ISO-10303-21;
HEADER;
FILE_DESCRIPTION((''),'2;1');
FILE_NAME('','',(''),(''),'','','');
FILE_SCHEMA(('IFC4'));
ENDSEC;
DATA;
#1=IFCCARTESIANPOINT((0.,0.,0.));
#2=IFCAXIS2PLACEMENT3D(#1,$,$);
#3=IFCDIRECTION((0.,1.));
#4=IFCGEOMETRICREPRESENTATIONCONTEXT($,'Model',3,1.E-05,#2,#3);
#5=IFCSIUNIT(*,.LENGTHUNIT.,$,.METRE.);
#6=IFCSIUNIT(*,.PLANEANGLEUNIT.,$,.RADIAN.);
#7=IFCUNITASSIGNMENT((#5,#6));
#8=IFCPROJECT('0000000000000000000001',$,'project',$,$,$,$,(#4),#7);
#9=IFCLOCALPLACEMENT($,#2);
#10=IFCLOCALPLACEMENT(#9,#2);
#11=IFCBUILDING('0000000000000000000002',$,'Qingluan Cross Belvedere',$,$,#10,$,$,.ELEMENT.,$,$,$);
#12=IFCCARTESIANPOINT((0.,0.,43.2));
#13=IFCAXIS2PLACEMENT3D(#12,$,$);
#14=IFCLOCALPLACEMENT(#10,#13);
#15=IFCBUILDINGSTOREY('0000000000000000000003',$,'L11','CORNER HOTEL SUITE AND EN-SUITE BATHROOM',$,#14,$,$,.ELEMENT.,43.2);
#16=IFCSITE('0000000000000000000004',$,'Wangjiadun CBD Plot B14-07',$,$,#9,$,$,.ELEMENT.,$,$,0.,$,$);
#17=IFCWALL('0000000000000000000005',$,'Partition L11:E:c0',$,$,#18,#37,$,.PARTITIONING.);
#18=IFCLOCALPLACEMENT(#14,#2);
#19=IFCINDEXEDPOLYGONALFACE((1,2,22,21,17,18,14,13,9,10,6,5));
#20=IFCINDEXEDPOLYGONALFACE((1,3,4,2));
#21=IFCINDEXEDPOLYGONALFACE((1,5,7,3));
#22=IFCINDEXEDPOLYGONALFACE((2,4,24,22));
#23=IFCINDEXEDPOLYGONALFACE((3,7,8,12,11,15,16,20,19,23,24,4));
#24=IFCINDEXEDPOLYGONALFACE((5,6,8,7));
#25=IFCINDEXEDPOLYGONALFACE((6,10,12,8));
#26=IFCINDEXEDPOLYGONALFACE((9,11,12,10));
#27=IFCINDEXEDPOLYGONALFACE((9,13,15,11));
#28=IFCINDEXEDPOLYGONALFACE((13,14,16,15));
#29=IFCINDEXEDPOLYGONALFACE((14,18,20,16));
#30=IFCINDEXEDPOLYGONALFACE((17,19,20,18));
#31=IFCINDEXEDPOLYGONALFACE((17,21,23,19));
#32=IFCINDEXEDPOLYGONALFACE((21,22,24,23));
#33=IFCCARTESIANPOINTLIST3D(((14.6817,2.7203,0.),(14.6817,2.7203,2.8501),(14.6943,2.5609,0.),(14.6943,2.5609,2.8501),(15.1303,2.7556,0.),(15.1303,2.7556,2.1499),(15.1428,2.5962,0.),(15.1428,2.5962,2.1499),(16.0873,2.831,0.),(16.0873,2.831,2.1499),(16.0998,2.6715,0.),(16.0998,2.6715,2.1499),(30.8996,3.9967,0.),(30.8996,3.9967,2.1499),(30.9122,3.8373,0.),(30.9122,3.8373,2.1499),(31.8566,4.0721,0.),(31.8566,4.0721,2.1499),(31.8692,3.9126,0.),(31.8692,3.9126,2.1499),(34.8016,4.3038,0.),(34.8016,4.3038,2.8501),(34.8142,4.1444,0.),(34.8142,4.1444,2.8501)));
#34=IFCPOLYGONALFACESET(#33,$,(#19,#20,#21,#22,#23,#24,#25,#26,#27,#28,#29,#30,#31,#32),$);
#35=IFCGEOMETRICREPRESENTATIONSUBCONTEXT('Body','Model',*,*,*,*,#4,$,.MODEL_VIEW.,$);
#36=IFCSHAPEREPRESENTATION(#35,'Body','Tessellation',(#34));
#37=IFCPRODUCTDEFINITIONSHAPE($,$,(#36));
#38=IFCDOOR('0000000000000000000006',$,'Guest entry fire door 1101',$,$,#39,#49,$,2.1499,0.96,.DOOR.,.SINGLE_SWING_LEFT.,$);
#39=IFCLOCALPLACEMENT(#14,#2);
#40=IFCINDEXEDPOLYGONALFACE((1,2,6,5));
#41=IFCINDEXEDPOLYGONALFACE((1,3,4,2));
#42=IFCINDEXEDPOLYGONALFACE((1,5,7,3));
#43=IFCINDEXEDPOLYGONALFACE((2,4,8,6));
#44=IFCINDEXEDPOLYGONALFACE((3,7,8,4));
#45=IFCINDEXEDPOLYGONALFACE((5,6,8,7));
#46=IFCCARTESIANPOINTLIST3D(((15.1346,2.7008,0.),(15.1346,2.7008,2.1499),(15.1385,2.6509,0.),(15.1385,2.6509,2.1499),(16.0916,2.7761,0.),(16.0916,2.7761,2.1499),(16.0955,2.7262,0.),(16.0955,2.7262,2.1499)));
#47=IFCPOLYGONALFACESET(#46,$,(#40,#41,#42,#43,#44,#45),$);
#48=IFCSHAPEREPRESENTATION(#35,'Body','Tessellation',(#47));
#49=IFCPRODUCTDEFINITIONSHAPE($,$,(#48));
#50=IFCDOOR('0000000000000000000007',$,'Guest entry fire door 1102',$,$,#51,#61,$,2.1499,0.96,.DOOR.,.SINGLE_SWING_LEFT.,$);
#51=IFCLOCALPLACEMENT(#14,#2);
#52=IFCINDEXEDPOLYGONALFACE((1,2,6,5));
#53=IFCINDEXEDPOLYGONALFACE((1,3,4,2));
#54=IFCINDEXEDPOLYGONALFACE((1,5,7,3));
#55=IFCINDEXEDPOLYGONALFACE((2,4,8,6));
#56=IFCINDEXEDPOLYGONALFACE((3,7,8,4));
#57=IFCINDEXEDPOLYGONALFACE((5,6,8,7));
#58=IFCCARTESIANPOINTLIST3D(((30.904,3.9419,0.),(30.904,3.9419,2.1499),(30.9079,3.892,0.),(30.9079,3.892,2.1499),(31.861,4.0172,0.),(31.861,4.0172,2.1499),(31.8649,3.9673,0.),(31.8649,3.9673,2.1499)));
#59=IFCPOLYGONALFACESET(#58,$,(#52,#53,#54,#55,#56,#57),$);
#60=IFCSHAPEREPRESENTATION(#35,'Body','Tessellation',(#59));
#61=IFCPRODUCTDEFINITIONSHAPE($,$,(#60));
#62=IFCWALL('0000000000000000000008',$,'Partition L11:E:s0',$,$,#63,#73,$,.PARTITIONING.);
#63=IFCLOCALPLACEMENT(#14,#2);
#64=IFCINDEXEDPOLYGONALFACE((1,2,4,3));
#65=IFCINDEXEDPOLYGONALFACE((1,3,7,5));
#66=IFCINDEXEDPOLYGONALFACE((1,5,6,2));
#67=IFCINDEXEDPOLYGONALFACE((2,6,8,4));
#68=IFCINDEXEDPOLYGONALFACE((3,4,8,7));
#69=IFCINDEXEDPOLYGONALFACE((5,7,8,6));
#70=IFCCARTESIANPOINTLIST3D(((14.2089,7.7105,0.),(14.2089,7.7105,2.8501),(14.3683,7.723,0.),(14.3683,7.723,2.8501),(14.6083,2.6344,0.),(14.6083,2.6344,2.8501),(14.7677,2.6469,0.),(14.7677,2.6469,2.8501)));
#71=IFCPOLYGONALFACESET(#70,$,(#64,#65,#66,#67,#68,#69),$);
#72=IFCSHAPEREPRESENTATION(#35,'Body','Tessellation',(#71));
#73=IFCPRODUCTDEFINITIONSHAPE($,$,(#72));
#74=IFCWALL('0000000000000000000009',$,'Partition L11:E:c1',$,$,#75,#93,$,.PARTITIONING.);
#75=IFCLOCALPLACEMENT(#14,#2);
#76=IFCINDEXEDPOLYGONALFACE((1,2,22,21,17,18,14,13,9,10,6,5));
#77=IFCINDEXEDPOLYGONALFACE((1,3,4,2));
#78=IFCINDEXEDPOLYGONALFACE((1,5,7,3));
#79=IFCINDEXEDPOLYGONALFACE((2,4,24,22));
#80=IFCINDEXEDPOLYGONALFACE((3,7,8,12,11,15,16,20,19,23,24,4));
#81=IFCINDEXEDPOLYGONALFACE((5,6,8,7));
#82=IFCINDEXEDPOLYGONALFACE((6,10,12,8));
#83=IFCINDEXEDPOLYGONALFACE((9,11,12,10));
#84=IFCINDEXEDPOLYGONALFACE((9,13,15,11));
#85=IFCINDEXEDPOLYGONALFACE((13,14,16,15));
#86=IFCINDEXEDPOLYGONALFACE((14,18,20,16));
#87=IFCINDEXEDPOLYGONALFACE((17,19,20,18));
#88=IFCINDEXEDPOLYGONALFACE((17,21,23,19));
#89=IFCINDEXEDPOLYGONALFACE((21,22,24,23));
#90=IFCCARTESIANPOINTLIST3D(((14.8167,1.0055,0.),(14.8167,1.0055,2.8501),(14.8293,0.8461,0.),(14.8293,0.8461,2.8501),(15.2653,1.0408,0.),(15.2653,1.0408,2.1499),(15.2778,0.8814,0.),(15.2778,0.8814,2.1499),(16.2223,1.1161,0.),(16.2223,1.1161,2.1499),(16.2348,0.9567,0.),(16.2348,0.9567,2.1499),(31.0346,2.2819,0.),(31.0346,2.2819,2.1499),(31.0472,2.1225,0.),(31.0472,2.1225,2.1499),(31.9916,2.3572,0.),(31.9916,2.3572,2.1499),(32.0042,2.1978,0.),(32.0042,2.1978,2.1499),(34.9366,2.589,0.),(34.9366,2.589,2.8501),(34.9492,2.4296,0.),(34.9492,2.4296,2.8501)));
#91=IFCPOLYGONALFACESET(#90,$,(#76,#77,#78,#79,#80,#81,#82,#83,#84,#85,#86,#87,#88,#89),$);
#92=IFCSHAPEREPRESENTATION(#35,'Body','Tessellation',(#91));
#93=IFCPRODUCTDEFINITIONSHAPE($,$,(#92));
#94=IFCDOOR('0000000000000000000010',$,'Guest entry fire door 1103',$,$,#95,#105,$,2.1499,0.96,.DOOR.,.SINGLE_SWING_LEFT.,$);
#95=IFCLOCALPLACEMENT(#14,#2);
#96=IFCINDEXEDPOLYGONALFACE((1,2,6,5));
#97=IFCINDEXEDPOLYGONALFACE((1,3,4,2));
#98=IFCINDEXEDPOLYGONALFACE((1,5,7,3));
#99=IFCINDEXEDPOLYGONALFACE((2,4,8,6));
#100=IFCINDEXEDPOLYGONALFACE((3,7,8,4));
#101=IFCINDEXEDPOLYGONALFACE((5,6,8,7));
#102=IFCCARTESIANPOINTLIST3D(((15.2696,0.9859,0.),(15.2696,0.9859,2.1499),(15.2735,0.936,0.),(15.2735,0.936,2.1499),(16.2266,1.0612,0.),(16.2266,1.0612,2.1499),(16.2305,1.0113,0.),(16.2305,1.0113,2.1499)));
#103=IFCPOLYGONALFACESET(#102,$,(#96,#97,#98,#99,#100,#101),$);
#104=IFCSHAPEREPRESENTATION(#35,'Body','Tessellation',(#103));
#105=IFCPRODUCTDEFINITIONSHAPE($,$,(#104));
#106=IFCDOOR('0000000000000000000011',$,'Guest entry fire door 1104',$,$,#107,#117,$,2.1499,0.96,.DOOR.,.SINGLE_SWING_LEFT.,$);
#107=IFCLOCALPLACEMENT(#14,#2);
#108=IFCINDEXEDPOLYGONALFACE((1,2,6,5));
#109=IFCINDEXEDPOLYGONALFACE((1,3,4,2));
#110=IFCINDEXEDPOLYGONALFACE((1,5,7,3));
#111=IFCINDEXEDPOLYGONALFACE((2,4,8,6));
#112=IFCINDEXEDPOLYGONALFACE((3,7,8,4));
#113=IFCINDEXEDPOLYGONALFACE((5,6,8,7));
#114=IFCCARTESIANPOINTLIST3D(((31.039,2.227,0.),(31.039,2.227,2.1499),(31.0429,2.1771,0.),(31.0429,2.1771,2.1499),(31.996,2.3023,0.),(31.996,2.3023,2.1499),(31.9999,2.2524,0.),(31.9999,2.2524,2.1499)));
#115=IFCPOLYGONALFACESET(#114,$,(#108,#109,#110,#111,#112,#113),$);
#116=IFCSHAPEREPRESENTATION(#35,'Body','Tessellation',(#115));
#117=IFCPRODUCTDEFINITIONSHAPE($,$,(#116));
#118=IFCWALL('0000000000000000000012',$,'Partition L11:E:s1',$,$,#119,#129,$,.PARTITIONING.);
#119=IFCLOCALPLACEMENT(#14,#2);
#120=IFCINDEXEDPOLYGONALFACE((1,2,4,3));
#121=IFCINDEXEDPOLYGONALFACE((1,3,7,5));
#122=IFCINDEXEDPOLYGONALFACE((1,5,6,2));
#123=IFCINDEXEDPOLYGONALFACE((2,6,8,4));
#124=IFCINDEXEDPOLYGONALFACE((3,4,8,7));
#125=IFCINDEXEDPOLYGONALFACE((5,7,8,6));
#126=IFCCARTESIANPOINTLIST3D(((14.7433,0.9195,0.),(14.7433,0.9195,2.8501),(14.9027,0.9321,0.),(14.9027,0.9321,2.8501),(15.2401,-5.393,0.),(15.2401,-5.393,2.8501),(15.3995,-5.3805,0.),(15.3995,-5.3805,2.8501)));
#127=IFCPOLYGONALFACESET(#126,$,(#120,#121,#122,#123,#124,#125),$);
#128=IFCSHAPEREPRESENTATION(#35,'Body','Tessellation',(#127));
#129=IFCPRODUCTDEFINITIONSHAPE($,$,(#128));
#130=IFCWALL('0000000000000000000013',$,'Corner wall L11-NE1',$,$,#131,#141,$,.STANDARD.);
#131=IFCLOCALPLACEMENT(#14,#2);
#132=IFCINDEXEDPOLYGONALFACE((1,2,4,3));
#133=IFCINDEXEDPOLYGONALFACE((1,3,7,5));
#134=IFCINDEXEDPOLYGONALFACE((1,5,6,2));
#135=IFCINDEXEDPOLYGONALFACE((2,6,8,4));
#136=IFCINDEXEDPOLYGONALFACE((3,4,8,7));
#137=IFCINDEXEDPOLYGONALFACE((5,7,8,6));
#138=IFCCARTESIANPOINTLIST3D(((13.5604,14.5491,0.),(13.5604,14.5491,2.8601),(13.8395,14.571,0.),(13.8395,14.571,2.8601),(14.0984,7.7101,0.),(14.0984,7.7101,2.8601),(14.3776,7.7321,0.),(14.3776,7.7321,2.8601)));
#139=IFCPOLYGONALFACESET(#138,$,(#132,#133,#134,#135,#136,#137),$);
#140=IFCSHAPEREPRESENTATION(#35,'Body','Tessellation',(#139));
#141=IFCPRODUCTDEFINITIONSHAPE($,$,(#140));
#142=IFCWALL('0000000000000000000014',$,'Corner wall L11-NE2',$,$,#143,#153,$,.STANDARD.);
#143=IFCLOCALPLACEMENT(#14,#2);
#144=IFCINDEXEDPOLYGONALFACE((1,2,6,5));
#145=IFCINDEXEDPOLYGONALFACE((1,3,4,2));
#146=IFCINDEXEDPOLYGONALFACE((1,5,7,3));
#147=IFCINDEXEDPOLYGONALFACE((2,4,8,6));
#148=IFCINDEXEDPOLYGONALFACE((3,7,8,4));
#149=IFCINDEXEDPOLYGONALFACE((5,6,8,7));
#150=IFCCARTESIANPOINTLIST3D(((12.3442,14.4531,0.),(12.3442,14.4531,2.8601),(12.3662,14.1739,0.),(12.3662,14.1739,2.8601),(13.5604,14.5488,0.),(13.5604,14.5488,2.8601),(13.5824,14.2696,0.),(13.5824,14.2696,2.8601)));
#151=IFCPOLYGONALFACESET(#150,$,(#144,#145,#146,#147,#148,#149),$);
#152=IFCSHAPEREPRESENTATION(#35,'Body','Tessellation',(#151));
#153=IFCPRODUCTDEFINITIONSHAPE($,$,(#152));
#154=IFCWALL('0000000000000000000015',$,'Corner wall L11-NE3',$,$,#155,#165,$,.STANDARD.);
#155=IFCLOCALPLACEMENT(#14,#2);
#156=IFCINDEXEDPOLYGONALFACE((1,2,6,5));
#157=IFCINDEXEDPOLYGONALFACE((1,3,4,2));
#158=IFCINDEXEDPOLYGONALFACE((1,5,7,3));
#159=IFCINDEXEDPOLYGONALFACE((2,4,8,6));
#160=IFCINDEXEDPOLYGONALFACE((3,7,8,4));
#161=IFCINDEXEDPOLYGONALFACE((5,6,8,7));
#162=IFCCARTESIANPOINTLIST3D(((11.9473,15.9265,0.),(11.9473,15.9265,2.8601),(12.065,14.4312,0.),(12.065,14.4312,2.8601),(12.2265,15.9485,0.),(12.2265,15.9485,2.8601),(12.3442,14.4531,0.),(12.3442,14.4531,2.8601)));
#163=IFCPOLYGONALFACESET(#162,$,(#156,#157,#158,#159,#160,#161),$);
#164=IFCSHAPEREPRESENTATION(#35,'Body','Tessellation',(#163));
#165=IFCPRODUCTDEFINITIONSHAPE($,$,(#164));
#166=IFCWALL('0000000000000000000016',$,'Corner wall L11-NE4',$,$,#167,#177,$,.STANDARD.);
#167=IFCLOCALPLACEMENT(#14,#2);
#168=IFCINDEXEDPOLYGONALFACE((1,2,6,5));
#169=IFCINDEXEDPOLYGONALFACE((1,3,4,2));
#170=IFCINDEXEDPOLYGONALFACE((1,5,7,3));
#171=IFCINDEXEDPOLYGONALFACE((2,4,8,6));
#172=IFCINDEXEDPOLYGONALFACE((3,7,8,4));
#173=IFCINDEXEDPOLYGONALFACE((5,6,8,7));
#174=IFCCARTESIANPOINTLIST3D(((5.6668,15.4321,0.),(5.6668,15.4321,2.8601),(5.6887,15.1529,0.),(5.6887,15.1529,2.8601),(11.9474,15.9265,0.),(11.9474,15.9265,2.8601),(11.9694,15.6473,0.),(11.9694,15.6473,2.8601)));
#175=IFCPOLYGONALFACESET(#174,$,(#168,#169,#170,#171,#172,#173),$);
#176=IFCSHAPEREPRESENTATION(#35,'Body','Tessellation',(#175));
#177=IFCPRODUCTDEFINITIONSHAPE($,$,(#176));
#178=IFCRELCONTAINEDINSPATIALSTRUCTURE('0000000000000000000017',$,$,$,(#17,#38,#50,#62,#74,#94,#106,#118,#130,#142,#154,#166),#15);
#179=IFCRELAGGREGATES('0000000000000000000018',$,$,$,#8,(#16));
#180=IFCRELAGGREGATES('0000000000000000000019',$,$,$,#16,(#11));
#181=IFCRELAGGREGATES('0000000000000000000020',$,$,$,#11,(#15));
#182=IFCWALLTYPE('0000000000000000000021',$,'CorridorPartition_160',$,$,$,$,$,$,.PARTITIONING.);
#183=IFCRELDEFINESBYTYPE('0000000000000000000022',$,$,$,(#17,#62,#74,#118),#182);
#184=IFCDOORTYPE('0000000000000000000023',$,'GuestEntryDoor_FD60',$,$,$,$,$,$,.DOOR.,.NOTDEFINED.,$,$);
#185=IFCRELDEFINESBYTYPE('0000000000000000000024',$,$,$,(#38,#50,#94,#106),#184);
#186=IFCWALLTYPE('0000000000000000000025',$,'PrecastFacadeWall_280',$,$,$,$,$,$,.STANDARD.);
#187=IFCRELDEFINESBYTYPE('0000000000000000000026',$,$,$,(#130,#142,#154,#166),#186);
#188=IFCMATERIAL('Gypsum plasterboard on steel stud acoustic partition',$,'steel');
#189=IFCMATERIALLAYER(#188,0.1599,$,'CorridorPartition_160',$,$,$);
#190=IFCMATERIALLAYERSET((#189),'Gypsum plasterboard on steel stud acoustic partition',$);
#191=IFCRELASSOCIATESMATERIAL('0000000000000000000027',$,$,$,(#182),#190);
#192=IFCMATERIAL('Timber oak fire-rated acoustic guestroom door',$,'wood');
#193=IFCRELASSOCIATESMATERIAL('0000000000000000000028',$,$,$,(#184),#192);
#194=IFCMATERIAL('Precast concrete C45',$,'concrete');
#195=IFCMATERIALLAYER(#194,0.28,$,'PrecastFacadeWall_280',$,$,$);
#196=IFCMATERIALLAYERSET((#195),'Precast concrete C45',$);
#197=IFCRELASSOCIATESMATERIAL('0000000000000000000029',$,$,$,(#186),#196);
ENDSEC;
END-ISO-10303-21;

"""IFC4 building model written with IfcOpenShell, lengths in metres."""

from ifc_helpers import new_model, si_unit, direction, frame, frame_2d, origin, place, context, subcontext, project, spatial, rectangle, extrude, material, layer, layer_set, type_object, element, fill, save


model = new_model("IFC4")

# Units and contexts
model_context = context("Model", 3, precision=1e-05, world=origin(), true_north=direction((0.0, 1.0)))
body_context = subcontext(model_context, "Body", "Model", "MODEL_VIEW")
ifc_project = project(units=[si_unit("LENGTHUNIT", "METRE"), si_unit("PLANEANGLEUNIT", "RADIAN")], contexts=[model_context])

# Site, building, storey
site_placement = place(None, origin())
site = spatial("IfcSite", under=ifc_project, at=site_placement, Name="Wangjiadun CBD Plot B14-07", CompositionType="ELEMENT", RefElevation=0.0)
building_placement = place(site_placement, origin())
building = spatial("IfcBuilding", under=site, at=building_placement, Name="Qingluan Cross Belvedere", CompositionType="ELEMENT")
storey_placement = place(building_placement, frame((0.0, 0.0, 43.2)))
storey = spatial("IfcBuildingStorey", under=building, at=storey_placement, Name="L11", Description="CORNER HOTEL SUITE AND EN-SUITE BATHROOM", CompositionType="ELEMENT", Elevation=43.2)

# Shared definitions
ifc_material_1 = material(Name="Gypsum plasterboard on steel stud acoustic partition", Category="steel")
ifc_layer_1 = layer(ifc_material_1, 0.1599, Name="CorridorPartition_160")
ifc_layer_set_1 = layer_set([ifc_layer_1], Name="Gypsum plasterboard on steel stud acoustic partition")
wall_type_1 = type_object("IfcWallType", Name="CorridorPartition_160", PredefinedType="PARTITIONING", material=ifc_layer_set_1)

# Wall, openings, doors
wall_1_placement = place(storey_placement, frame((14.688, 2.6406, 0.0), z_axis=(0.0, 0.0, 1.0), x_axis=(0.996917, 0.07846, 0.0)))
wall_1 = element("IfcWall", 1, at=wall_1_placement, inside=storey, type_object=wall_type_1, Name="Partition L11:E:c0", PredefinedType="PARTITIONING", context=body_context, shape_type="SweptSolid", body=[
    extrude(rectangle(XDim=20.1821, YDim=0.1599, at=frame_2d((10.0911, 0.0))), origin(), (0.0, 0.0, 1.0), 2.8501),
])
opening_1_placement = place(wall_1_placement, frame((0.45, 0.0, 0.0)))
opening_1 = element("IfcOpeningElement", 2, at=opening_1_placement, cuts=wall_1, PredefinedType="OPENING", context=body_context, shape_type="SweptSolid", body=[
    extrude(rectangle(XDim=0.96, YDim=2.1499, at=frame_2d((0.48, 1.075))), frame((0.0, 0.0898, 0.0), z_axis=(0.0, -1.0, 0.0), x_axis=(1.0, 0.0, 0.0)), (0.0, 0.0, 1.0), 0.1799),
])
opening_2_placement = place(wall_1_placement, frame((16.2681, 0.0, 0.0)))
opening_2 = element("IfcOpeningElement", 3, at=opening_2_placement, cuts=wall_1, PredefinedType="OPENING", context=body_context, shape_type="SweptSolid", body=[
    extrude(rectangle(XDim=0.96, YDim=2.1499, at=frame_2d((0.48, 1.075))), frame((0.0, 0.0898, 0.0), z_axis=(0.0, -1.0, 0.0), x_axis=(1.0, 0.0, 0.0)), (0.0, 0.0, 1.0), 0.1799),
])
ifc_material_2 = material(Name="Timber oak fire-rated acoustic guestroom door", Category="wood")
door_type = type_object("IfcDoorType", Name="GuestEntryDoor_FD60", OperationType="NOTDEFINED", PredefinedType="DOOR", material=ifc_material_2)
door_1_placement = place(opening_1_placement, origin())
door_1 = element("IfcDoor", 4, at=door_1_placement, inside=storey, type_object=door_type, Name="Guest entry fire door 1101", OperationType="SINGLE_SWING_LEFT", OverallHeight=2.1499, OverallWidth=0.96, PredefinedType="DOOR", context=body_context, shape_type="SweptSolid", body=[
    extrude(rectangle(XDim=0.96, YDim=2.1499, at=frame_2d((0.48, 1.075))), frame((0.0, 0.0249, 0.0), z_axis=(0.0, -1.0, 0.0), x_axis=(1.0, 0.0, 0.0)), (0.0, 0.0, 1.0), 0.05),
])
fill(opening_1, door_1)
door_2_placement = place(opening_2_placement, origin())
door_2 = element("IfcDoor", 5, at=door_2_placement, inside=storey, type_object=door_type, Name="Guest entry fire door 1102", OperationType="SINGLE_SWING_LEFT", OverallHeight=2.1499, OverallWidth=0.96, PredefinedType="DOOR", context=body_context, shape_type="SweptSolid", body=[
    extrude(rectangle(XDim=0.96, YDim=2.1499, at=frame_2d((0.48, 1.075))), frame((0.0, 0.0249, 0.0), z_axis=(0.0, -1.0, 0.0), x_axis=(1.0, 0.0, 0.0)), (0.0, 0.0, 1.0), 0.05),
])
fill(opening_2, door_2)

# Wall
wall_2_placement = place(storey_placement, frame((14.688, 2.6406, 0.0), z_axis=(0.0, 0.0, 1.0), x_axis=(-0.078442, 0.996919, 0.0)))
element("IfcWall", 6, at=wall_2_placement, inside=storey, type_object=wall_type_1, Name="Partition L11:E:s0", PredefinedType="PARTITIONING", context=body_context, shape_type="SweptSolid", body=[
    extrude(rectangle(XDim=5.0918, YDim=0.1599, at=frame_2d((2.5459, 0.0))), origin(), (0.0, 0.0, 1.0), 2.8501),
])

# Wall, openings, doors
wall_3_placement = place(storey_placement, frame((14.823, 0.9258, 0.0), z_axis=(0.0, 0.0, 1.0), x_axis=(0.996917, 0.07846, 0.0)))
wall_3 = element("IfcWall", 7, at=wall_3_placement, inside=storey, type_object=wall_type_1, Name="Partition L11:E:c1", PredefinedType="PARTITIONING", context=body_context, shape_type="SweptSolid", body=[
    extrude(rectangle(XDim=20.1821, YDim=0.1599, at=frame_2d((10.0911, 0.0))), origin(), (0.0, 0.0, 1.0), 2.8501),
])
opening_3_placement = place(wall_3_placement, frame((0.45, 0.0, 0.0)))
opening_3 = element("IfcOpeningElement", 8, at=opening_3_placement, cuts=wall_3, PredefinedType="OPENING", context=body_context, shape_type="SweptSolid", body=[
    extrude(rectangle(XDim=0.96, YDim=2.1499, at=frame_2d((0.48, 1.075))), frame((0.0, 0.0898, 0.0), z_axis=(0.0, -1.0, 0.0), x_axis=(1.0, 0.0, 0.0)), (0.0, 0.0, 1.0), 0.1799),
])
opening_4_placement = place(wall_3_placement, frame((16.2681, 0.0, 0.0)))
opening_4 = element("IfcOpeningElement", 9, at=opening_4_placement, cuts=wall_3, PredefinedType="OPENING", context=body_context, shape_type="SweptSolid", body=[
    extrude(rectangle(XDim=0.96, YDim=2.1499, at=frame_2d((0.48, 1.075))), frame((0.0, 0.0898, 0.0), z_axis=(0.0, -1.0, 0.0), x_axis=(1.0, 0.0, 0.0)), (0.0, 0.0, 1.0), 0.1799),
])
door_3_placement = place(opening_3_placement, origin())
door_3 = element("IfcDoor", 10, at=door_3_placement, inside=storey, type_object=door_type, Name="Guest entry fire door 1103", OperationType="SINGLE_SWING_LEFT", OverallHeight=2.1499, OverallWidth=0.96, PredefinedType="DOOR", context=body_context, shape_type="SweptSolid", body=[
    extrude(rectangle(XDim=0.96, YDim=2.1499, at=frame_2d((0.48, 1.075))), frame((0.0, 0.0249, 0.0), z_axis=(0.0, -1.0, 0.0), x_axis=(1.0, 0.0, 0.0)), (0.0, 0.0, 1.0), 0.05),
])
fill(opening_3, door_3)
door_4_placement = place(opening_4_placement, origin())
door_4 = element("IfcDoor", 11, at=door_4_placement, inside=storey, type_object=door_type, Name="Guest entry fire door 1104", OperationType="SINGLE_SWING_LEFT", OverallHeight=2.1499, OverallWidth=0.96, PredefinedType="DOOR", context=body_context, shape_type="SweptSolid", body=[
    extrude(rectangle(XDim=0.96, YDim=2.1499, at=frame_2d((0.48, 1.075))), frame((0.0, 0.0249, 0.0), z_axis=(0.0, -1.0, 0.0), x_axis=(1.0, 0.0, 0.0)), (0.0, 0.0, 1.0), 0.05),
])
fill(opening_4, door_4)

# Walls
wall_4_placement = place(storey_placement, frame((14.823, 0.9258, 0.0), z_axis=(0.0, 0.0, 1.0), x_axis=(0.078462, -0.996917, 0.0)))
element("IfcWall", 12, at=wall_4_placement, inside=storey, type_object=wall_type_1, Name="Partition L11:E:s1", PredefinedType="PARTITIONING", context=body_context, shape_type="SweptSolid", body=[
    extrude(rectangle(XDim=6.332, YDim=0.1599, at=frame_2d((3.166, 0.0))), origin(), (0.0, 0.0, 1.0), 2.8501),
])
ifc_material_3 = material(Name="Precast concrete C45", Category="concrete")
ifc_layer_2 = layer(ifc_material_3, 0.28, Name="PrecastFacadeWall_280")
ifc_layer_set_2 = layer_set([ifc_layer_2], Name="Precast concrete C45")
wall_type_2 = type_object("IfcWallType", Name="PrecastFacadeWall_280", PredefinedType="STANDARD", material=ifc_layer_set_2)
wall_5_placement = place(storey_placement, frame((14.238, 7.7209, 0.0), z_axis=(0.0, 0.0, 1.0), x_axis=(-0.078438, 0.996919, 0.0)))
element("IfcWall", 13, at=wall_5_placement, inside=storey, type_object=wall_type_2, Name="Corner wall L11-NE1", PredefinedType="STANDARD", context=body_context, shape_type="SweptSolid", body=[
    extrude(rectangle(XDim=6.8601, YDim=0.28, at=frame_2d((3.4302, 0.0))), origin(), (0.0, 0.0, 1.0), 2.8601),
])
wall_6_placement = place(storey_placement, frame((13.5713, 14.4092, 0.0), z_axis=(0.0, 0.0, 1.0), x_axis=(-0.996919, -0.078441, 0.0)))
element("IfcWall", 14, at=wall_6_placement, inside=storey, type_object=wall_type_2, Name="Corner wall L11-NE2", PredefinedType="STANDARD", context=body_context, shape_type="SweptSolid", body=[
    extrude(rectangle(XDim=1.22, YDim=0.28, at=frame_2d((0.6099, 0.0))), origin(), (0.0, 0.0, 1.0), 2.8601),
])
wall_7_placement = place(storey_placement, frame((12.2046, 14.4421, 0.0), z_axis=(0.0, 0.0, 1.0), x_axis=(-0.078451, 0.996918, 0.0)))
element("IfcWall", 15, at=wall_7_placement, inside=storey, type_object=wall_type_2, Name="Corner wall L11-NE3", PredefinedType="STANDARD", context=body_context, shape_type="SweptSolid", body=[
    extrude(rectangle(XDim=1.5, YDim=0.28, at=frame_2d((0.75, 0.0))), origin(), (0.0, 0.0, 1.0), 2.8601),
])
wall_8_placement = place(storey_placement, frame((11.9583, 15.7869, 0.0), z_axis=(0.0, 0.0, 1.0), x_axis=(-0.996916, -0.078474, 0.0)))
element("IfcWall", 16, at=wall_8_placement, inside=storey, type_object=wall_type_2, Name="Corner wall L11-NE4", PredefinedType="STANDARD", context=body_context, shape_type="SweptSolid", body=[
    extrude(rectangle(XDim=6.3, YDim=0.28, at=frame_2d((3.1499, 0.0))), origin(), (0.0, 0.0, 1.0), 2.8601),
])

save(model, "model.ifc")
